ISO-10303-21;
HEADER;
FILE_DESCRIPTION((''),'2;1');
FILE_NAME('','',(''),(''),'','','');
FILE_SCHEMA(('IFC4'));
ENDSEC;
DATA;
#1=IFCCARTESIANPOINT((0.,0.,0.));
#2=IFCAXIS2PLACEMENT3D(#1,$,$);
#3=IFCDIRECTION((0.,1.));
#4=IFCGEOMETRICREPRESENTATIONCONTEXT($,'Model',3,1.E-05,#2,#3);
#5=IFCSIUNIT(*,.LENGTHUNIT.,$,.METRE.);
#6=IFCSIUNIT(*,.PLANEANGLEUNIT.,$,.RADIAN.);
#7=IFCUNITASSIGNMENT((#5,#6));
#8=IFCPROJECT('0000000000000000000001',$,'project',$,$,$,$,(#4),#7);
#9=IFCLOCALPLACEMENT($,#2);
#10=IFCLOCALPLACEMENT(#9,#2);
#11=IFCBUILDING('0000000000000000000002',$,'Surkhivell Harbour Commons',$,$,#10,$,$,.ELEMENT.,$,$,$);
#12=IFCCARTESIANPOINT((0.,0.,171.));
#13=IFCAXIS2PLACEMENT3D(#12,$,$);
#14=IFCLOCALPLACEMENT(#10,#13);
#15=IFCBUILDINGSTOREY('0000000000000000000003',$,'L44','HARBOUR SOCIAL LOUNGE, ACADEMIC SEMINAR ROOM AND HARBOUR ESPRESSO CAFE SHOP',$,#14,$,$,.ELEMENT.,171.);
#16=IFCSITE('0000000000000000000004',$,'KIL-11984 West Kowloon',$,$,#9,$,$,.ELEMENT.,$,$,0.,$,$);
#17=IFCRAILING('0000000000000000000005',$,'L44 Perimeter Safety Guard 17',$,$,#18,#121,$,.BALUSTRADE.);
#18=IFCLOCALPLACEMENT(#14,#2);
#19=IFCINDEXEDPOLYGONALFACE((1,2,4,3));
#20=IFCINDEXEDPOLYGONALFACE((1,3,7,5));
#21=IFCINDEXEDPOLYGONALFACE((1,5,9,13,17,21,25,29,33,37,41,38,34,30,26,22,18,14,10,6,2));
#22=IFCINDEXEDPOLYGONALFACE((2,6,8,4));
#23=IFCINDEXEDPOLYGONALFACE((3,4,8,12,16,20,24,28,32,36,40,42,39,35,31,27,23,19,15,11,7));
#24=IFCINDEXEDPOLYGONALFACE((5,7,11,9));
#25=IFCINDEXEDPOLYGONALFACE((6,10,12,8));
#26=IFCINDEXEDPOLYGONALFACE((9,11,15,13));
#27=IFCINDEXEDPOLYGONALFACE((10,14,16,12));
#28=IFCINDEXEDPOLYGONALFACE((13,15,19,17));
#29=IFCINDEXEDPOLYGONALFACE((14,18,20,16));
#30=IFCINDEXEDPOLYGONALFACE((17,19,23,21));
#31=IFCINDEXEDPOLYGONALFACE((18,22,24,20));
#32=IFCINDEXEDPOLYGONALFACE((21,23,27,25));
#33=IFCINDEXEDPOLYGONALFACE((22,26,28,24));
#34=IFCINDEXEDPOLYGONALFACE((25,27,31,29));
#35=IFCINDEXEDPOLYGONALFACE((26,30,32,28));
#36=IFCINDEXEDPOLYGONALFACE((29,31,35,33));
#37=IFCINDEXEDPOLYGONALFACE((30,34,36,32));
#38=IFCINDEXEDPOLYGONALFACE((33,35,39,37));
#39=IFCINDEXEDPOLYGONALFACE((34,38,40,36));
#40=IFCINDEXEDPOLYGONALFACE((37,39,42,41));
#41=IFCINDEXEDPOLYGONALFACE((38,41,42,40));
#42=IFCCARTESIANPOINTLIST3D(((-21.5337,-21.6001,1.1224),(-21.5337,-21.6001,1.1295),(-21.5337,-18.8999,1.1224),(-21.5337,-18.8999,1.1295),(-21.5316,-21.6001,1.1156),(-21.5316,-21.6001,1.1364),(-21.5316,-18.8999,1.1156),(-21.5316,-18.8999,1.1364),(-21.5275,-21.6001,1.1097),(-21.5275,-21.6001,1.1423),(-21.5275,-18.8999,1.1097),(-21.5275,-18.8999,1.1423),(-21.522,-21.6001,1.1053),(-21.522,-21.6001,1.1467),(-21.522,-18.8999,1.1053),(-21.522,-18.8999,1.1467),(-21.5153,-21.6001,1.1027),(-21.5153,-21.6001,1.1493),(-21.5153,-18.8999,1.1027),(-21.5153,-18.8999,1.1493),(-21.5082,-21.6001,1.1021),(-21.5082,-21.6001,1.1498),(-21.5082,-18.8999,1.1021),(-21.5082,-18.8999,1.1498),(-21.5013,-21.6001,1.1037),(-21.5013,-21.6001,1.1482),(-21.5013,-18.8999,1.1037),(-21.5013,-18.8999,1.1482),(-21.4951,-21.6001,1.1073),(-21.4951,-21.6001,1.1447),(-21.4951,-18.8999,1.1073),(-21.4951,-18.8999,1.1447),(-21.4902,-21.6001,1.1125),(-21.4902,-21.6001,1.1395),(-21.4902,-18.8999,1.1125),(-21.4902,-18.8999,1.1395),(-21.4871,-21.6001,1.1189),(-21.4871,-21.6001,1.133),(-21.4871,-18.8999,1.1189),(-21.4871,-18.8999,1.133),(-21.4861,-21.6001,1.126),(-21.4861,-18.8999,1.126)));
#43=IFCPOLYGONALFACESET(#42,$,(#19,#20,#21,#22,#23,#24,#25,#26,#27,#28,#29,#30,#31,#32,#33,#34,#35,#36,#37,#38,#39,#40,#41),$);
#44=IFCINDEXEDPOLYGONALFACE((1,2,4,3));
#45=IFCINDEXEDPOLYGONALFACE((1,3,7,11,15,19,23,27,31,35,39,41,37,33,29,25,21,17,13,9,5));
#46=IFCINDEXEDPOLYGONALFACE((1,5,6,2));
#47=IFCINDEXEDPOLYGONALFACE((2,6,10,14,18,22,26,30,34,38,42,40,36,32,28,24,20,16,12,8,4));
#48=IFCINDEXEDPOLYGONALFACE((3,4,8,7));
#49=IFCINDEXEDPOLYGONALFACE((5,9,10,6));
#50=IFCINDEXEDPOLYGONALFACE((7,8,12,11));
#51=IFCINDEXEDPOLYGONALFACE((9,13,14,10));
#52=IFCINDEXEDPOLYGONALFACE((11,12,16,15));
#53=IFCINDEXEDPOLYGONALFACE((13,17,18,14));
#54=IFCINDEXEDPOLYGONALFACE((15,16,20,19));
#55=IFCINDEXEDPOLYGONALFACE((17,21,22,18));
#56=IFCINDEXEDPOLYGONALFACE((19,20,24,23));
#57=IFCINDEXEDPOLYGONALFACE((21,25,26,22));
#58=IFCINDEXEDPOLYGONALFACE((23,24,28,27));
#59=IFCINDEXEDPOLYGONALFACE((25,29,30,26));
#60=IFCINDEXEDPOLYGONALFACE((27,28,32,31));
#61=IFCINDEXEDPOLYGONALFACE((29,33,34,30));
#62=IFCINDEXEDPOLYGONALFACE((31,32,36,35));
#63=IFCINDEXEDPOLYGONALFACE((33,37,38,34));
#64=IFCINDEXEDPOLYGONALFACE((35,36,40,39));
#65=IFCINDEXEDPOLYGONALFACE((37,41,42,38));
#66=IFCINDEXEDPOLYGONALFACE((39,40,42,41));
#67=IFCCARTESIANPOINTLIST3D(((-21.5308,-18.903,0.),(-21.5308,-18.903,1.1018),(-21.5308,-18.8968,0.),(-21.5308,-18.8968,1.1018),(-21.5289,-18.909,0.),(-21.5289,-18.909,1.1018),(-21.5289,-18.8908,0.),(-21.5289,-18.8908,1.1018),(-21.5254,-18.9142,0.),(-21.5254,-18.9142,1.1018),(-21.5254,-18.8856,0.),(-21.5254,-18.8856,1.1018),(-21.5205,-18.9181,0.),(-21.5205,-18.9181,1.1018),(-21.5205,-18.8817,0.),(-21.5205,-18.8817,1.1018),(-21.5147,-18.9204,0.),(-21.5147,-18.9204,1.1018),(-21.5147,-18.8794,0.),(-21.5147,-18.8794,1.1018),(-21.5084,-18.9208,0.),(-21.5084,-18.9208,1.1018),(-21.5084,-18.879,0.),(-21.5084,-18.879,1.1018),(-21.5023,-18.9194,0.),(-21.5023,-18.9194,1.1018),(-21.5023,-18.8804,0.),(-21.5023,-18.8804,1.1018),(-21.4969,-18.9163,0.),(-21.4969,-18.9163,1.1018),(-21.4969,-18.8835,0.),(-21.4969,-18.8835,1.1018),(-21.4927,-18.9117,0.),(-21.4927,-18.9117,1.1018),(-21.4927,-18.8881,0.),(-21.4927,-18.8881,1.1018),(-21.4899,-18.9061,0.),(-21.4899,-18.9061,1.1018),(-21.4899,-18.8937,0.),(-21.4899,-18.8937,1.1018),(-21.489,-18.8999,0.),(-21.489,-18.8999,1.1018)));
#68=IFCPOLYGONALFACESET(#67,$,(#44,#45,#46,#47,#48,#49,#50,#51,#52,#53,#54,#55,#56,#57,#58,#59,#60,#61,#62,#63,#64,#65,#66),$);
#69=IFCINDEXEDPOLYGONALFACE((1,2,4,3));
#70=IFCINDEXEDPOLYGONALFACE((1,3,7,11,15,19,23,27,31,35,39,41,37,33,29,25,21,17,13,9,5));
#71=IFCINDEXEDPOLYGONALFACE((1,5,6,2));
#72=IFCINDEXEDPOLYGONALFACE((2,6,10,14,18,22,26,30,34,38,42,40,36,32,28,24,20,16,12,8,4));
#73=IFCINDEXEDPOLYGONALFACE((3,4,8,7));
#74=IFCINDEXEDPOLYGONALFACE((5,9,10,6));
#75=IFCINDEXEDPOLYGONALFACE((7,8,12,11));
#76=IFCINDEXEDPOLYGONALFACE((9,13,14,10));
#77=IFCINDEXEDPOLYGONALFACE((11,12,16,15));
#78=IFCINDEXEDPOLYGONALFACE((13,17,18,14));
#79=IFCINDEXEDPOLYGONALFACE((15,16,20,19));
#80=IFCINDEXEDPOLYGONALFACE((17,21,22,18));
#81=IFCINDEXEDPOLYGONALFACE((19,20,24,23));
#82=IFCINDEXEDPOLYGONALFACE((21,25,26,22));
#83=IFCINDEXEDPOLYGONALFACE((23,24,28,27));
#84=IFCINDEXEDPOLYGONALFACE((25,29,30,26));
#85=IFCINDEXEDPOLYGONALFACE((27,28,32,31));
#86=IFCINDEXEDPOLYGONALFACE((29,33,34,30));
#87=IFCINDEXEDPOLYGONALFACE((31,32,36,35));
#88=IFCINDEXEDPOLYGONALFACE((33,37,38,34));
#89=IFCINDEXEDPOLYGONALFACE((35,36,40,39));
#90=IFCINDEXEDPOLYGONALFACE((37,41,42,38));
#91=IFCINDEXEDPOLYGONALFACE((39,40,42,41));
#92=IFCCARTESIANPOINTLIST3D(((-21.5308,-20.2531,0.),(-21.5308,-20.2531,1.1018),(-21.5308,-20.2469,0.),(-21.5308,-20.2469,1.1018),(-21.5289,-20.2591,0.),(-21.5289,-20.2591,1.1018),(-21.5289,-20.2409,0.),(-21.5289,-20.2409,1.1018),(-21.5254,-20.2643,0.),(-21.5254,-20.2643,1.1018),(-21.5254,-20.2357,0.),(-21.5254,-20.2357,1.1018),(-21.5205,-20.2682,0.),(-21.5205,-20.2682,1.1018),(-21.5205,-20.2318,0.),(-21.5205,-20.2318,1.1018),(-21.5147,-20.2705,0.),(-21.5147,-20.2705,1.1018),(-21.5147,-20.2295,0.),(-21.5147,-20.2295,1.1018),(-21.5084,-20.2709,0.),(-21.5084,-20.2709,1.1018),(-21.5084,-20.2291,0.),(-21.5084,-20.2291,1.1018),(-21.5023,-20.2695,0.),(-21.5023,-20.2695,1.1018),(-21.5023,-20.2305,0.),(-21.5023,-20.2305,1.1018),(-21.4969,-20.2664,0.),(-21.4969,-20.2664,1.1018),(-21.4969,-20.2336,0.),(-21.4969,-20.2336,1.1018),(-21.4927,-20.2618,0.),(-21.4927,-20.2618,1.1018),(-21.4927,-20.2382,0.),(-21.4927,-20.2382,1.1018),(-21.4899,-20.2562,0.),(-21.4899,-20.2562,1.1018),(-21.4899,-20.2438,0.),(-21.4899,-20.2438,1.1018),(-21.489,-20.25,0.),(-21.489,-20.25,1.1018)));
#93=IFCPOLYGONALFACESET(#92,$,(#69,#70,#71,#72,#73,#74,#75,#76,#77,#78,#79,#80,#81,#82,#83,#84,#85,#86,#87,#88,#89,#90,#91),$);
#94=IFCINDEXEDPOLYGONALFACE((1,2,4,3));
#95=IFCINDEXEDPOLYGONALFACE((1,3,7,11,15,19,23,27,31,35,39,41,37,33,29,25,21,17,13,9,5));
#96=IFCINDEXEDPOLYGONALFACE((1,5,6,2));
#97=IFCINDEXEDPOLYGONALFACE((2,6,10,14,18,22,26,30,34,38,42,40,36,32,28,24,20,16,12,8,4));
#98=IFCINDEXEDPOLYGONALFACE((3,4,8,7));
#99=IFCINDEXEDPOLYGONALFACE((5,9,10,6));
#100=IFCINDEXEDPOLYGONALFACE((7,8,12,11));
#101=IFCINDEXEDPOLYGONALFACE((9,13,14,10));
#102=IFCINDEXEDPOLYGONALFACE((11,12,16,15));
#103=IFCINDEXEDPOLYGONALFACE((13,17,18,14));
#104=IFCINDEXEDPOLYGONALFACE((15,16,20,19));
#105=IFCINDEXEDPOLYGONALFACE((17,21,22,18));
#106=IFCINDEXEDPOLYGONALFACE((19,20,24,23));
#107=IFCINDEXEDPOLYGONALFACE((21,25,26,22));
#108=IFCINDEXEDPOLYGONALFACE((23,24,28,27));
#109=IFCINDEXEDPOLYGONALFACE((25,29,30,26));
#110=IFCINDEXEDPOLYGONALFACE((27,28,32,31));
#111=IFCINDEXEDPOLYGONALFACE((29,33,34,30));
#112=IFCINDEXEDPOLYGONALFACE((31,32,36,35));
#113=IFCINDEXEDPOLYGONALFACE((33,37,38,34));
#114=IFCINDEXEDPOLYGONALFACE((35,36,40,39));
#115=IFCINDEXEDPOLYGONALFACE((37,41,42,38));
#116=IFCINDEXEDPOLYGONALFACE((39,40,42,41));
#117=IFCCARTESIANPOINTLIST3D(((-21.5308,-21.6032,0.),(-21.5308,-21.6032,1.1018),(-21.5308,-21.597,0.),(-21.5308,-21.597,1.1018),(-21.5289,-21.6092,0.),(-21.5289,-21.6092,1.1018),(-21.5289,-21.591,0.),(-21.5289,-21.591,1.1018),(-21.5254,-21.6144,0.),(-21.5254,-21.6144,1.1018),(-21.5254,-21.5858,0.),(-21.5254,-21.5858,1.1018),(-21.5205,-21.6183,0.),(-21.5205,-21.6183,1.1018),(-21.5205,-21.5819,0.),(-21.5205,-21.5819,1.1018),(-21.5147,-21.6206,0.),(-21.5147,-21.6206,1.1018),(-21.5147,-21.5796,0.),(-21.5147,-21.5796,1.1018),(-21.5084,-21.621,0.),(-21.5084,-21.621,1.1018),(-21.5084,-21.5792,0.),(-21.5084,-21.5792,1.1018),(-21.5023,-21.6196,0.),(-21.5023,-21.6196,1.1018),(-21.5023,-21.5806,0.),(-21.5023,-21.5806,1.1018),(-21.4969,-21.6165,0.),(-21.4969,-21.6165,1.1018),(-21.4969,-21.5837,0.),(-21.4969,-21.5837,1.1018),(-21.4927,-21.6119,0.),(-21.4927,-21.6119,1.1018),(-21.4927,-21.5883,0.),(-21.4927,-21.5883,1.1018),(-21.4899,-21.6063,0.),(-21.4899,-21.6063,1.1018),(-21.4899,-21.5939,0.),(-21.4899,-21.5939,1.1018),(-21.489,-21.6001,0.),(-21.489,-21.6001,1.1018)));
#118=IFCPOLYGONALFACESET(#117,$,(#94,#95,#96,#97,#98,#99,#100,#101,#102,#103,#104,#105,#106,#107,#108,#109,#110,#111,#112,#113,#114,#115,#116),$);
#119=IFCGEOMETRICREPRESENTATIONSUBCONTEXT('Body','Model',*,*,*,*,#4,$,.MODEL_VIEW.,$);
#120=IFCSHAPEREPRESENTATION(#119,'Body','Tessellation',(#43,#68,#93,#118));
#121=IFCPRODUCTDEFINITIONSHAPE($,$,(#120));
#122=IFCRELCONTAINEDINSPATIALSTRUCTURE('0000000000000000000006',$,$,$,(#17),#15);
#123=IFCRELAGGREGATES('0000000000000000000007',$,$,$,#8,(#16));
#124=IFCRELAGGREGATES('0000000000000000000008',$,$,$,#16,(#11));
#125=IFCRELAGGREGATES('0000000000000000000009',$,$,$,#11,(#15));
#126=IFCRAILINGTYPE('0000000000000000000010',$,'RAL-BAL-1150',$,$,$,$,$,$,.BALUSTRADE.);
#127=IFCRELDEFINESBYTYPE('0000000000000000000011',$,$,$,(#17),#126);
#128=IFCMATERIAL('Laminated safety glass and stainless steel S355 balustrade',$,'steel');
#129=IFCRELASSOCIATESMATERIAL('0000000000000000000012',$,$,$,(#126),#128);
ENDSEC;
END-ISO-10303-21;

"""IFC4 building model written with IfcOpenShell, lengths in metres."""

from ifc_helpers import new_model, si_unit, direction, frame, origin, origin_2d, place, context, subcontext, project, spatial, circle, extrude, material, type_object, element, save


model = new_model("IFC4")

# Units and contexts
model_context = context("Model", 3, precision=1e-05, world=origin(), true_north=direction((0.0, 1.0)))
body_context = subcontext(model_context, "Body", "Model", "MODEL_VIEW")
ifc_project = project(units=[si_unit("LENGTHUNIT", "METRE"), si_unit("PLANEANGLEUNIT", "RADIAN")], contexts=[model_context])

# Site, building, storey
site_placement = place(None, origin())
site = spatial("IfcSite", under=ifc_project, at=site_placement, Name="KIL-11984 West Kowloon", CompositionType="ELEMENT", RefElevation=0.0)
building_placement = place(site_placement, origin())
building = spatial("IfcBuilding", under=site, at=building_placement, Name="Surkhivell Harbour Commons", CompositionType="ELEMENT")
storey_placement = place(building_placement, frame((0.0, 0.0, 171.0)))
storey = spatial("IfcBuildingStorey", under=building, at=storey_placement, Name="L44", Description="HARBOUR SOCIAL LOUNGE, ACADEMIC SEMINAR ROOM AND HARBOUR ESPRESSO CAFE SHOP", CompositionType="ELEMENT", Elevation=171.0)

# Railing
ifc_material_1 = material(Name="Laminated safety glass and stainless steel S355 balustrade", Category="steel")
railing_type = type_object("IfcRailingType", Name="RAL-BAL-1150", PredefinedType="BALUSTRADE", material=ifc_material_1)
railing_1_placement = place(storey_placement, frame((-21.51, -18.8999, 0.0)))
element("IfcRailing", 1, at=railing_1_placement, inside=storey, type_object=railing_type, Name="L44 Perimeter Safety Guard 17", PredefinedType="BALUSTRADE", context=body_context, shape_type="SweptSolid", body=[
    extrude(circle(Radius=0.0239, at=origin_2d()), frame((0.0, 0.0, 1.126), z_axis=(0.0, -1.0, 0.0), x_axis=(1.0, 0.0, 0.0)), (0.0, 0.0, 1.0), 2.7002),
    extrude(circle(Radius=0.021, at=origin_2d()), origin(), (0.0, 0.0, 1.0), 1.1018),
    extrude(circle(Radius=0.021, at=origin_2d()), frame((0.0, -1.3501, 0.0)), (0.0, 0.0, 1.0), 1.1018),
    extrude(circle(Radius=0.021, at=origin_2d()), frame((0.0, -2.7002, 0.0)), (0.0, 0.0, 1.0), 1.1018),
])

save(model, "model.ifc")
